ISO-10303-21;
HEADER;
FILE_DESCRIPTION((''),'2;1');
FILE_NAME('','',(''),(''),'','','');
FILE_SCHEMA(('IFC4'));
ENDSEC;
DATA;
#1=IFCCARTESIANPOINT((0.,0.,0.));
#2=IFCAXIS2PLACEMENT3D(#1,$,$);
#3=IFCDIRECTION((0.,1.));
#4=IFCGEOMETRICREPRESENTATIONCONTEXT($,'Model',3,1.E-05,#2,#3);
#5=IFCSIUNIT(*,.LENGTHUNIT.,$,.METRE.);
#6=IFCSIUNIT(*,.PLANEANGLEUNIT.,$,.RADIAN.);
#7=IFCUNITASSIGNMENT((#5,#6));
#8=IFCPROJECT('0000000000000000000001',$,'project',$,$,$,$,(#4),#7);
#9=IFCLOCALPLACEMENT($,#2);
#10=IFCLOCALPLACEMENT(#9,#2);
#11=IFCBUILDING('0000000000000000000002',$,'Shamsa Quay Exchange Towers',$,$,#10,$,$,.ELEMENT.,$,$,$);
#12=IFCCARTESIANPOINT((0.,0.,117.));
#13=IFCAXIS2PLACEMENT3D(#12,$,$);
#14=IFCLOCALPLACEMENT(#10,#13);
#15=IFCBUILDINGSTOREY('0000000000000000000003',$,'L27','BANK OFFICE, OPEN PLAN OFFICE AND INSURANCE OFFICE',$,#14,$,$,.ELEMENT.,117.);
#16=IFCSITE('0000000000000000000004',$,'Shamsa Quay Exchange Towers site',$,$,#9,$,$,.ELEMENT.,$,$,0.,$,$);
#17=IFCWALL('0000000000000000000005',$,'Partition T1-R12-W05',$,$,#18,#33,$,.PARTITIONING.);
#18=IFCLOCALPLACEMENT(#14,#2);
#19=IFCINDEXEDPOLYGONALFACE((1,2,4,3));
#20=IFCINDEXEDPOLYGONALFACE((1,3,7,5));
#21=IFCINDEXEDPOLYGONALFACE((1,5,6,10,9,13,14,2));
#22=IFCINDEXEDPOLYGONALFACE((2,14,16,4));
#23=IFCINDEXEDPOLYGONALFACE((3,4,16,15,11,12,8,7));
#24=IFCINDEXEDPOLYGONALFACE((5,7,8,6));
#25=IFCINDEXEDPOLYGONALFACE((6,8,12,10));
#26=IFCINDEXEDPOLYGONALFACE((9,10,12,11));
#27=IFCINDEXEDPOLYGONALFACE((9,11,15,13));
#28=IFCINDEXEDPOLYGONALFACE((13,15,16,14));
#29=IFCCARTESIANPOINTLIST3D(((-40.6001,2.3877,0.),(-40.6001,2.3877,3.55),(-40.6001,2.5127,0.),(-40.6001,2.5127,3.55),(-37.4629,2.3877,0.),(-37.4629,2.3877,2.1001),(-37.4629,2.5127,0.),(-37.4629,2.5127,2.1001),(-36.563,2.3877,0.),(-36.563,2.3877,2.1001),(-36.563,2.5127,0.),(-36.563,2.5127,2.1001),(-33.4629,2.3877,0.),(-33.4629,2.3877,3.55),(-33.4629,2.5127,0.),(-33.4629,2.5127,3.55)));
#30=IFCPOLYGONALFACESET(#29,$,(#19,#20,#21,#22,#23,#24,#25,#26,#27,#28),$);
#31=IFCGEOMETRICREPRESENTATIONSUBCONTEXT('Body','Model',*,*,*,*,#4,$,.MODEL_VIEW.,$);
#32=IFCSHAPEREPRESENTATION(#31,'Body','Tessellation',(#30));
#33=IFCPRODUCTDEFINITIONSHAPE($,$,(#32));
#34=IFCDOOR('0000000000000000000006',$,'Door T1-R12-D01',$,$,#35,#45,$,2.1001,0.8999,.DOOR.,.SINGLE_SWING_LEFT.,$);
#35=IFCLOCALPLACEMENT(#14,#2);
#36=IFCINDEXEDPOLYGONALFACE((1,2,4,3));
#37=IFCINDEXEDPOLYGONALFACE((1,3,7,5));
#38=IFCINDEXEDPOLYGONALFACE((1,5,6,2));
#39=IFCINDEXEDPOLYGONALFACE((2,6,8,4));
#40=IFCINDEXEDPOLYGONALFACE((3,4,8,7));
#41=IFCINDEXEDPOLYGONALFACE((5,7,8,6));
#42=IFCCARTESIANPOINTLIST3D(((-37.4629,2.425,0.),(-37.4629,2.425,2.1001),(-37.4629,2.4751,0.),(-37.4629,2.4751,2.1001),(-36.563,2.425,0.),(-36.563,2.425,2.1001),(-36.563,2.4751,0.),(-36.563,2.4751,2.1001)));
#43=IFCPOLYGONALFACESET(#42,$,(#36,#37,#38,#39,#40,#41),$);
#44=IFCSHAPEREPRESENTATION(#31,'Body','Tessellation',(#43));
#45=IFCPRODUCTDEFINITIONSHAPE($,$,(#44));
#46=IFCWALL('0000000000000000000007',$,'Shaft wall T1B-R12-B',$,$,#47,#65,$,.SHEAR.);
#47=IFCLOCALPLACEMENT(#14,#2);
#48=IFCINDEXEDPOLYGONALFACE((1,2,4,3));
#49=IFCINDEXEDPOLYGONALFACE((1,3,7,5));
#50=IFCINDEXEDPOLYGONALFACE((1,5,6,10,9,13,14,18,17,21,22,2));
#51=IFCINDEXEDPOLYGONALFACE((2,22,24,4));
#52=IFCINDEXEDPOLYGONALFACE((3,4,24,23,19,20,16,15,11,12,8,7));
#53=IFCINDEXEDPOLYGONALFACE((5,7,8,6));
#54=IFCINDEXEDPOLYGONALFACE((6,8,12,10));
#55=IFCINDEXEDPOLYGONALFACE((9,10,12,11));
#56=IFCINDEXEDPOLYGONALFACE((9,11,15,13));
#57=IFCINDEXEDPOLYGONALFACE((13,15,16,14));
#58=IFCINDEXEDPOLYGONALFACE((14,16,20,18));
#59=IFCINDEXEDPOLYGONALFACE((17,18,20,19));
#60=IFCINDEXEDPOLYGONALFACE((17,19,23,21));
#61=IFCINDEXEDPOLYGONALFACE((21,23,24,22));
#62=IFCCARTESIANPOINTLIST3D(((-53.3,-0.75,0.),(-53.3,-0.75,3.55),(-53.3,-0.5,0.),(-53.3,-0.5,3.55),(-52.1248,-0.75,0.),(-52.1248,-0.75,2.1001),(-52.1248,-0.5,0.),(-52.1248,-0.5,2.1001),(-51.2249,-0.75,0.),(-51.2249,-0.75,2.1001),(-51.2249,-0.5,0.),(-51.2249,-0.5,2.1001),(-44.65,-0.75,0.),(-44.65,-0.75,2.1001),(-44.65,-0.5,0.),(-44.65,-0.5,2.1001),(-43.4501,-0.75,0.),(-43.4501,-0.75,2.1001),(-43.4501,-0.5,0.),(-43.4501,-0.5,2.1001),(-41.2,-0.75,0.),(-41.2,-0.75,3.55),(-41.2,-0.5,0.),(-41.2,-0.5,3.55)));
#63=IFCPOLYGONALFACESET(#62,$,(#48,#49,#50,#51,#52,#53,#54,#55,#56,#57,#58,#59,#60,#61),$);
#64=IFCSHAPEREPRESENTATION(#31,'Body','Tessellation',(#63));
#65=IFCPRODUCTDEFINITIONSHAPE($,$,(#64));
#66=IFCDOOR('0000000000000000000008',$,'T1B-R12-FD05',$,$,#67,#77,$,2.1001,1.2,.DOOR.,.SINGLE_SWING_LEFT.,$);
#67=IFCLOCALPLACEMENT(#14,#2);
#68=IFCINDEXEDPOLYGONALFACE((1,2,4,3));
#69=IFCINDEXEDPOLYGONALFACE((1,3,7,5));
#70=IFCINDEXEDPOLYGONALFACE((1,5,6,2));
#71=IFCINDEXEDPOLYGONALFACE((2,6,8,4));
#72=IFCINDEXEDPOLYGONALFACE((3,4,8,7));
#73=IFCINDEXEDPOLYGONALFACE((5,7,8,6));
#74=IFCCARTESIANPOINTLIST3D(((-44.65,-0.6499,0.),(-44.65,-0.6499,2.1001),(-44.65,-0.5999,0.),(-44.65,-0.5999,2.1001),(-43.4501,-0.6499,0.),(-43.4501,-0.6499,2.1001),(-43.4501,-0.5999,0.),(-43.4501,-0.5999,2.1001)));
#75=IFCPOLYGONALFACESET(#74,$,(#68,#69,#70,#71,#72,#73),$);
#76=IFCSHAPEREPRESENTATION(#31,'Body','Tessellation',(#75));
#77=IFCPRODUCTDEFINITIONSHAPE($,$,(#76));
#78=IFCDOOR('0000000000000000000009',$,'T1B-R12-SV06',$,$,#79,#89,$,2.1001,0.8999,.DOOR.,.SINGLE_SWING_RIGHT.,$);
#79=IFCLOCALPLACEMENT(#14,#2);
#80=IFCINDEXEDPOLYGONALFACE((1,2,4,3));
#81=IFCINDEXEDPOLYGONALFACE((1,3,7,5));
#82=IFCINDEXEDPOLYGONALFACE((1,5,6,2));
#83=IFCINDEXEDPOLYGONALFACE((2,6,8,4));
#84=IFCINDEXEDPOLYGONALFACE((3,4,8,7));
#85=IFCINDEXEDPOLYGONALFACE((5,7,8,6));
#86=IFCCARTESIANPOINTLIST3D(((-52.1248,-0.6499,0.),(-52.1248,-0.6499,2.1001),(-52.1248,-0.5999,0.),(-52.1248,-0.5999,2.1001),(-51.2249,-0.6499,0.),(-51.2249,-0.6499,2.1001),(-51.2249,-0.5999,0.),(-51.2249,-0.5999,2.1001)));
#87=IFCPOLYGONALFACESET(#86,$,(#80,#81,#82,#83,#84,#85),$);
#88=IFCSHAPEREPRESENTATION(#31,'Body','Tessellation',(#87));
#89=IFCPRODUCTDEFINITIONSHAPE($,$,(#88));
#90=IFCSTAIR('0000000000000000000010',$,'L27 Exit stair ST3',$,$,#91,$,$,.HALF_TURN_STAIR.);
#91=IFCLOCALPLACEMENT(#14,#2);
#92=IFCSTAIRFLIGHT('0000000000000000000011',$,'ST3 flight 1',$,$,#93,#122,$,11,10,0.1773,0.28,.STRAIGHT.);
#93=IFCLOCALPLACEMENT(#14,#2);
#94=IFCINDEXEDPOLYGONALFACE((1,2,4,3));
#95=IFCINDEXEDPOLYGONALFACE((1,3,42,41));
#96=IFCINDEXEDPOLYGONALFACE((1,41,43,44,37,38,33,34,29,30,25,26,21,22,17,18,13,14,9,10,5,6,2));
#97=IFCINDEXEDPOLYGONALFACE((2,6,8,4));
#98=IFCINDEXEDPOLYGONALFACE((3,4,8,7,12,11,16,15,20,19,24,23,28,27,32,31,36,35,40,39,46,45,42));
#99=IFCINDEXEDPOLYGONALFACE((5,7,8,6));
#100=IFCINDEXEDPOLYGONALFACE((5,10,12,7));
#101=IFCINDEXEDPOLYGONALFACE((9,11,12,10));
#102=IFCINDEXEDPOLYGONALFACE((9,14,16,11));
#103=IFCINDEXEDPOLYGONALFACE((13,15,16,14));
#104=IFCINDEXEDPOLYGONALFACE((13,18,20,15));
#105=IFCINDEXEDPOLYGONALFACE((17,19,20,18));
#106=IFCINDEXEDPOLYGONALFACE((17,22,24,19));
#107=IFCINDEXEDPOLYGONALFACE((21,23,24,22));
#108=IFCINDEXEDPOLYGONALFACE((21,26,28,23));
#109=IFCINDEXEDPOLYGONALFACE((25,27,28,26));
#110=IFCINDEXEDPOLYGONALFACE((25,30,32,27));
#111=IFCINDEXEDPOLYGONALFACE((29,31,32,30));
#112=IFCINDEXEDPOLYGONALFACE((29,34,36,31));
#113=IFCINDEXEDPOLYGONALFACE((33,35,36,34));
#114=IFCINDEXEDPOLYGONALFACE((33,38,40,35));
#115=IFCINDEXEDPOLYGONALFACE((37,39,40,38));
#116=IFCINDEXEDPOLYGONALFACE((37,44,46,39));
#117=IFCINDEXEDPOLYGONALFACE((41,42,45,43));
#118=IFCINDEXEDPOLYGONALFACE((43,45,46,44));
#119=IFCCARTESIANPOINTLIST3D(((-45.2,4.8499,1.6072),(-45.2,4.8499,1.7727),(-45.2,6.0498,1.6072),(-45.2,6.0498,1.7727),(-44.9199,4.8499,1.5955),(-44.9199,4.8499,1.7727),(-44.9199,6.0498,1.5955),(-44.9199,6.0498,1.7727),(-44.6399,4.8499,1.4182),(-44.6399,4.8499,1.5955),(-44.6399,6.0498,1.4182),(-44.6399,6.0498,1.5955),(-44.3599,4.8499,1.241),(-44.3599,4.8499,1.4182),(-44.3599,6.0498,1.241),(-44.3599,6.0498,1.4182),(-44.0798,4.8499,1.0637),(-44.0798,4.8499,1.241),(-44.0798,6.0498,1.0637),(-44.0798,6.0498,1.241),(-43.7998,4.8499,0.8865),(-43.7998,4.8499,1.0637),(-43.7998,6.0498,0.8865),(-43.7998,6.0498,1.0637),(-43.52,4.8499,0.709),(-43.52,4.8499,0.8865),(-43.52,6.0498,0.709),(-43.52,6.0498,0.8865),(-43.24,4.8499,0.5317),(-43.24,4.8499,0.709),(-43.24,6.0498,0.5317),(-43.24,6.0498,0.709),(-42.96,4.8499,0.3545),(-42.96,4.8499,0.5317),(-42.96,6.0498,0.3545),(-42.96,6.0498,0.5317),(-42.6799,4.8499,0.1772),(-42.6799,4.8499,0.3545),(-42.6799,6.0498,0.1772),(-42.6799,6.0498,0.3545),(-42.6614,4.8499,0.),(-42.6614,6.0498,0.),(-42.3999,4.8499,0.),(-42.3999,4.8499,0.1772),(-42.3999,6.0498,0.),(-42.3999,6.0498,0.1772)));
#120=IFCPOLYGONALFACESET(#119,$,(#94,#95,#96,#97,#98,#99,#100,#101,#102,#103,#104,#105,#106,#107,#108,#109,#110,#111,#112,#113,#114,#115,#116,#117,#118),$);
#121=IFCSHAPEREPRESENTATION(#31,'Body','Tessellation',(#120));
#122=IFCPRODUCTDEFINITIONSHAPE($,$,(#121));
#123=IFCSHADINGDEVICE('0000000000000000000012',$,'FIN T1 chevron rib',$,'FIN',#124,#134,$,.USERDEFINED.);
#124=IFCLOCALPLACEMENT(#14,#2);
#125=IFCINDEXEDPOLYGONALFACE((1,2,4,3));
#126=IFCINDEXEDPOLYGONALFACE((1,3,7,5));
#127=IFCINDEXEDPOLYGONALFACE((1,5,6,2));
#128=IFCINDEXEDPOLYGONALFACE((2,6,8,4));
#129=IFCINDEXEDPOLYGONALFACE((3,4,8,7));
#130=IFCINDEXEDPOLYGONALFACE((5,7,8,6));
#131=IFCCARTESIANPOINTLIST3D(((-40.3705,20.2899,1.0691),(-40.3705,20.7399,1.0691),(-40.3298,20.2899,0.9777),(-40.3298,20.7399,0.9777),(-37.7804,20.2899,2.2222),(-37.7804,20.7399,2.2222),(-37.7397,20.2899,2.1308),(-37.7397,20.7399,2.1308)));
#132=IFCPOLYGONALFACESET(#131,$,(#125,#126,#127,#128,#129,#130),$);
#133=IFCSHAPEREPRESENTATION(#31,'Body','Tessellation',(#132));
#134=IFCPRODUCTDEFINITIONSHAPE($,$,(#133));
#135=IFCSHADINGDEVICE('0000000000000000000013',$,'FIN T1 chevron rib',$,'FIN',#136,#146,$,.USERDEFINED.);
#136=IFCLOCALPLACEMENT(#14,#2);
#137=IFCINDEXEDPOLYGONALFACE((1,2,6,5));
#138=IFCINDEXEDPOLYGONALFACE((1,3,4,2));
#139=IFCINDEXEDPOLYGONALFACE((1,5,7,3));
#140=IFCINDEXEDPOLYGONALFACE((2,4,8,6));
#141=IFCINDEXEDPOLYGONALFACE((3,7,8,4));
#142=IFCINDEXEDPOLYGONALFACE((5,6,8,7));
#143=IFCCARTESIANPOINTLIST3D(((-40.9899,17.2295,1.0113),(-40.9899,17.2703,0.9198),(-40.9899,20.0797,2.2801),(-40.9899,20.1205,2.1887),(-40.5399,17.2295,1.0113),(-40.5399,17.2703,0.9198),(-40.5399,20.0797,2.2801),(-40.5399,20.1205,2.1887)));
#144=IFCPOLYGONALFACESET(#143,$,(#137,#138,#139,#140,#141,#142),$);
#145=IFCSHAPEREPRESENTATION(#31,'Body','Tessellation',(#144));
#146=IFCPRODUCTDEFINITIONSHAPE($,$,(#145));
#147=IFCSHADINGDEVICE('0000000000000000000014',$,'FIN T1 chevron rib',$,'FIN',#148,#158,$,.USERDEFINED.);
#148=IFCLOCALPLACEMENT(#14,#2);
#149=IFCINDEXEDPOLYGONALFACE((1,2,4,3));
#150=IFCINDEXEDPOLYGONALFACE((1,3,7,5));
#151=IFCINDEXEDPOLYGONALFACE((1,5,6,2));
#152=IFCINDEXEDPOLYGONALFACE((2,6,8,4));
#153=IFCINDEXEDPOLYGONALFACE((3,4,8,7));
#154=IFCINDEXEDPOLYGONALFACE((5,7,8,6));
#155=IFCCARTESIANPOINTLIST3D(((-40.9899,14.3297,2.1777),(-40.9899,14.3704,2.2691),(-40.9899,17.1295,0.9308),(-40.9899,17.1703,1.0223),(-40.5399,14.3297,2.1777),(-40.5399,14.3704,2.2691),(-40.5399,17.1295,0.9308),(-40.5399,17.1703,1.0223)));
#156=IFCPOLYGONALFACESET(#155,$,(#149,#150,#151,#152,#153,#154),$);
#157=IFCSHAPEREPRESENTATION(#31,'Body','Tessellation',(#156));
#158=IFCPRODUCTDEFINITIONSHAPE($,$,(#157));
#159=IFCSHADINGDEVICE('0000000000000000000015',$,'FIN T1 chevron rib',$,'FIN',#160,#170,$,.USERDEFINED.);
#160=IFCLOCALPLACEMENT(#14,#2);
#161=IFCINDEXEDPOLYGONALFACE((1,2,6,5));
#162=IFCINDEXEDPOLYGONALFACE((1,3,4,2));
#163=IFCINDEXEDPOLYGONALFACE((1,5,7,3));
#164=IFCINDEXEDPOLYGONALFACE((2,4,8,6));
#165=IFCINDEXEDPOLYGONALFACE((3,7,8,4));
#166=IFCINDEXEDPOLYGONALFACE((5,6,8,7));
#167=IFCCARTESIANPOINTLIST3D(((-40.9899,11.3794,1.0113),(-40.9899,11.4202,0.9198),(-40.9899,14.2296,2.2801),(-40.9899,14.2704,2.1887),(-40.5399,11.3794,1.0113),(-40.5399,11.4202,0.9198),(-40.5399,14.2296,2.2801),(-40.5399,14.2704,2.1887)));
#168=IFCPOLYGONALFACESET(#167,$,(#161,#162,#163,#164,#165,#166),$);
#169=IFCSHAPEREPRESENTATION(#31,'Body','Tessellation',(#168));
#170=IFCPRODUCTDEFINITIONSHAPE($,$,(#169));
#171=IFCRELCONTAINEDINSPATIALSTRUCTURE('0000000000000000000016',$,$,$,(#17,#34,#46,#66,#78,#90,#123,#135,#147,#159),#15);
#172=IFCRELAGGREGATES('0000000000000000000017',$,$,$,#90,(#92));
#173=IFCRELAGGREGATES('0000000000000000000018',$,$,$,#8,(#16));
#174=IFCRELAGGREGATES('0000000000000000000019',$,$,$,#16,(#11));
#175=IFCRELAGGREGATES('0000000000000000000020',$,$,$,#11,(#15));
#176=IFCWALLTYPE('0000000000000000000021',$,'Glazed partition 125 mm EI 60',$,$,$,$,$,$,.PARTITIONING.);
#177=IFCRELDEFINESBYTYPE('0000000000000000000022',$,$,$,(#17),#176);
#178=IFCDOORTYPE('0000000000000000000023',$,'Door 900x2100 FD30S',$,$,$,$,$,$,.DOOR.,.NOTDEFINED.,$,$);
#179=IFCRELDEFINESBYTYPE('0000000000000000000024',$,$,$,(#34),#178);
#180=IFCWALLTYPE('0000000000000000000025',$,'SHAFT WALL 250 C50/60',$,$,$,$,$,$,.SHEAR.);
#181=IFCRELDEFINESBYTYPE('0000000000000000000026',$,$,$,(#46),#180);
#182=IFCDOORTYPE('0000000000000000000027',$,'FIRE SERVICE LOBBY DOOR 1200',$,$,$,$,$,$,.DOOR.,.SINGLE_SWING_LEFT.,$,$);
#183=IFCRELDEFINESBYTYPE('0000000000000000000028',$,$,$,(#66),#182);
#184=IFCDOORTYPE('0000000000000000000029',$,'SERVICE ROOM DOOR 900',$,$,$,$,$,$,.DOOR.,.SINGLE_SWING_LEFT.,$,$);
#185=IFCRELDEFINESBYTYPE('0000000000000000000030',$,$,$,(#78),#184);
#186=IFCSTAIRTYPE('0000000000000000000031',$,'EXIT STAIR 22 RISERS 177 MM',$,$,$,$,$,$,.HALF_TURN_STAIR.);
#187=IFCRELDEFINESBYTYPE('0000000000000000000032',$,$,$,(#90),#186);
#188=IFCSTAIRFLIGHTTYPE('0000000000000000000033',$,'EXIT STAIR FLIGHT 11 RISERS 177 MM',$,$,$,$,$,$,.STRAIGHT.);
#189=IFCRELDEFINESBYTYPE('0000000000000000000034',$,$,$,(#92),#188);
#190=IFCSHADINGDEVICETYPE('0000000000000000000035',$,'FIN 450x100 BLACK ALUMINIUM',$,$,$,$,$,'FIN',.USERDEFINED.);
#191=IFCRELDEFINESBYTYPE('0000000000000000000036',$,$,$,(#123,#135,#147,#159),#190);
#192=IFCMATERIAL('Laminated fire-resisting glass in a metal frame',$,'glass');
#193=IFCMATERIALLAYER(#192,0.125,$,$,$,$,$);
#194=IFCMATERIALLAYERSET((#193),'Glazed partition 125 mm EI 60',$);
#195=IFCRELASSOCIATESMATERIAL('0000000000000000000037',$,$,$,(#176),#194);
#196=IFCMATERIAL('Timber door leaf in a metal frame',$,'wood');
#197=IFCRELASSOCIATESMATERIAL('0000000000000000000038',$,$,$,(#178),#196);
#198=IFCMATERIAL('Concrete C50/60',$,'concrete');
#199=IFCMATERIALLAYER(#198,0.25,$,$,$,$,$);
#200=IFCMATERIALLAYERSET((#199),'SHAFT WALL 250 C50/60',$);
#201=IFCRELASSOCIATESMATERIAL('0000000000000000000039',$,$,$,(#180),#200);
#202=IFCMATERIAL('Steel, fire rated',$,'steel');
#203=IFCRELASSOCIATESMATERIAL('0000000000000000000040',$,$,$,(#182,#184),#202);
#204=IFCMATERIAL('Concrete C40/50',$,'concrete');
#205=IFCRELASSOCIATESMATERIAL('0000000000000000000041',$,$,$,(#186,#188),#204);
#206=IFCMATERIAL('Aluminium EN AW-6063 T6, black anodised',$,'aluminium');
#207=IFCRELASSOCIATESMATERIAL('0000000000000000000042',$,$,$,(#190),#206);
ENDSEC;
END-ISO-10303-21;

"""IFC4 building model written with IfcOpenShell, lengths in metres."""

from ifc_helpers import new_model, si_unit, direction, frame, frame_2d, origin, origin_2d, place, context, subcontext, project, spatial, polyline, rectangle, outline, extrude, material, layer, layer_set, material_profile, profile_set, type_object, element, fill, aggregate, save


model = new_model("IFC4")

# Units and contexts
model_context = context("Model", 3, precision=1e-05, world=origin(), true_north=direction((0.0, 1.0)))
body_context = subcontext(model_context, "Body", "Model", "MODEL_VIEW")
ifc_project = project(units=[si_unit("LENGTHUNIT", "METRE"), si_unit("PLANEANGLEUNIT", "RADIAN")], contexts=[model_context])

# Site, building, storey
site_placement = place(None, origin())
site = spatial("IfcSite", under=ifc_project, at=site_placement, Name="Shamsa Quay Exchange Towers site", CompositionType="ELEMENT", RefElevation=0.0)
building_placement = place(site_placement, origin())
building = spatial("IfcBuilding", under=site, at=building_placement, Name="Shamsa Quay Exchange Towers", CompositionType="ELEMENT")
storey_placement = place(building_placement, frame((0.0, 0.0, 117.0)))
storey = spatial("IfcBuildingStorey", under=building, at=storey_placement, Name="L27", Description="BANK OFFICE, OPEN PLAN OFFICE AND INSURANCE OFFICE", CompositionType="ELEMENT", Elevation=117.0)

# Shared definitions
ifc_material_1 = material(Name="Aluminium EN AW-6063 T6, black anodised", Category="aluminium")

# Wall, opening, door
ifc_material_2 = material(Name="Laminated fire-resisting glass in a metal frame", Category="glass")
ifc_layer_1 = layer(ifc_material_2, 0.125)
ifc_layer_set_1 = layer_set([ifc_layer_1], Name="Glazed partition 125 mm EI 60")
wall_type_1 = type_object("IfcWallType", Name="Glazed partition 125 mm EI 60", PredefinedType="PARTITIONING", material=ifc_layer_set_1)
wall_1_placement = place(storey_placement, frame((-40.6001, 2.4502, 0.0)))
wall_1 = element("IfcWall", 1, at=wall_1_placement, inside=storey, type_object=wall_type_1, Name="Partition T1-R12-W05", PredefinedType="PARTITIONING", context=body_context, shape_type="SweptSolid", body=[
    extrude(rectangle(XDim=7.1372, YDim=0.125, at=frame_2d((3.5686, 0.0))), origin(), (0.0, 0.0, 1.0), 3.55),
])
opening_1_placement = place(wall_1_placement, frame((3.1372, 0.0, 0.0)))
opening_1 = element("IfcOpeningElement", 2, at=opening_1_placement, cuts=wall_1, PredefinedType="OPENING", context=body_context, shape_type="SweptSolid", body=[
    extrude(rectangle(XDim=0.8999, YDim=2.1001, at=frame_2d((0.45, 1.05))), frame((0.0, 0.0725, 0.0), z_axis=(0.0, -1.0, 0.0), x_axis=(1.0, 0.0, 0.0)), (0.0, 0.0, 1.0), 0.145),
])
ifc_material_3 = material(Name="Timber door leaf in a metal frame", Category="wood")
door_type_1 = type_object("IfcDoorType", Name="Door 900x2100 FD30S", OperationType="NOTDEFINED", PredefinedType="DOOR", material=ifc_material_3)
door_1_placement = place(opening_1_placement, origin())
door_1 = element("IfcDoor", 3, at=door_1_placement, inside=storey, type_object=door_type_1, Name="Door T1-R12-D01", OperationType="SINGLE_SWING_LEFT", OverallHeight=2.1001, OverallWidth=0.8999, PredefinedType="DOOR", context=body_context, shape_type="SweptSolid", body=[
    extrude(rectangle(XDim=0.8999, YDim=2.1001, at=frame_2d((0.45, 1.05))), frame((0.0, 0.0249, 0.0), z_axis=(0.0, -1.0, 0.0), x_axis=(1.0, 0.0, 0.0)), (0.0, 0.0, 1.0), 0.05),
])
fill(opening_1, door_1)

# Wall, openings, doors
ifc_material_4 = material(Name="Concrete C50/60", Category="concrete")
ifc_layer_2 = layer(ifc_material_4, 0.25)
ifc_layer_set_2 = layer_set([ifc_layer_2], Name="SHAFT WALL 250 C50/60")
wall_type_2 = type_object("IfcWallType", Name="SHAFT WALL 250 C50/60", PredefinedType="SHEAR", material=ifc_layer_set_2)
wall_2_placement = place(storey_placement, frame((-41.2, -0.625, 0.0), z_axis=(0.0, 0.0, 1.0), x_axis=(-1.0, 0.0, 0.0)))
wall_2 = element("IfcWall", 4, at=wall_2_placement, inside=storey, type_object=wall_type_2, Name="Shaft wall T1B-R12-B", PredefinedType="SHEAR", context=body_context, shape_type="SweptSolid", body=[
    extrude(rectangle(XDim=12.1001, YDim=0.25, at=frame_2d((6.05, 0.0))), origin(), (0.0, 0.0, 1.0), 3.55),
])
opening_2_placement = place(wall_2_placement, frame((2.25, 0.0, 0.0)))
opening_2 = element("IfcOpeningElement", 5, at=opening_2_placement, cuts=wall_2, PredefinedType="OPENING", context=body_context, shape_type="SweptSolid", body=[
    extrude(rectangle(XDim=1.2, YDim=2.1001, at=frame_2d((0.6001, 1.05))), frame((0.0, 0.135, 0.0), z_axis=(0.0, -1.0, 0.0), x_axis=(1.0, 0.0, 0.0)), (0.0, 0.0, 1.0), 0.27),
])
opening_3_placement = place(wall_2_placement, frame((10.0249, 0.0, 0.0)))
opening_3 = element("IfcOpeningElement", 6, at=opening_3_placement, cuts=wall_2, PredefinedType="OPENING", context=body_context, shape_type="SweptSolid", body=[
    extrude(rectangle(XDim=0.8999, YDim=2.1001, at=frame_2d((0.45, 1.05))), frame((0.0, 0.135, 0.0), z_axis=(0.0, -1.0, 0.0), x_axis=(1.0, 0.0, 0.0)), (0.0, 0.0, 1.0), 0.27),
])
ifc_material_5 = material(Name="Steel, fire rated", Category="steel")
door_type_2 = type_object("IfcDoorType", Name="FIRE SERVICE LOBBY DOOR 1200", OperationType="SINGLE_SWING_LEFT", PredefinedType="DOOR", material=ifc_material_5)
door_2_placement = place(opening_2_placement, origin())
door_2 = element("IfcDoor", 7, at=door_2_placement, inside=storey, type_object=door_type_2, Name="T1B-R12-FD05", OperationType="SINGLE_SWING_LEFT", OverallHeight=2.1001, OverallWidth=1.2, PredefinedType="DOOR", context=body_context, shape_type="SweptSolid", body=[
    extrude(rectangle(XDim=1.2, YDim=2.1001, at=frame_2d((0.6001, 1.05))), frame((0.0, 0.0249, 0.0), z_axis=(0.0, -1.0, 0.0), x_axis=(1.0, 0.0, 0.0)), (0.0, 0.0, 1.0), 0.05),
])
fill(opening_2, door_2)
door_type_3 = type_object("IfcDoorType", Name="SERVICE ROOM DOOR 900", OperationType="SINGLE_SWING_LEFT", PredefinedType="DOOR", material=ifc_material_5)
door_3_placement = place(opening_3_placement, origin())
door_3 = element("IfcDoor", 8, at=door_3_placement, inside=storey, type_object=door_type_3, Name="T1B-R12-SV06", OperationType="SINGLE_SWING_RIGHT", OverallHeight=2.1001, OverallWidth=0.8999, PredefinedType="DOOR", context=body_context, shape_type="SweptSolid", body=[
    extrude(rectangle(XDim=0.8999, YDim=2.1001, at=frame_2d((0.45, 1.05))), frame((0.0, 0.0249, 0.0), z_axis=(0.0, -1.0, 0.0), x_axis=(1.0, 0.0, 0.0)), (0.0, 0.0, 1.0), 0.05),
])
fill(opening_3, door_3)

# Stair, stair flight
ifc_material_6 = material(Name="Concrete C40/50", Category="concrete")
stair_type = type_object("IfcStairType", Name="EXIT STAIR 22 RISERS 177 MM", PredefinedType="HALF_TURN_STAIR", material=ifc_material_6)
stair_placement = place(storey_placement, origin())
stair = element("IfcStair", 9, at=stair_placement, inside=storey, type_object=stair_type, Name="L27 Exit stair ST3", PredefinedType="HALF_TURN_STAIR")
stair_flight_type = type_object("IfcStairFlightType", Name="EXIT STAIR FLIGHT 11 RISERS 177 MM", PredefinedType="STRAIGHT", material=ifc_material_6)
stair_flight_placement = place(storey_placement, frame((-42.3999, 5.45, 0.0), z_axis=(0.0, 0.0, 1.0), x_axis=(-1.0, 0.0, 0.0)))
stair_flight = element("IfcStairFlight", 10, at=stair_flight_placement, type_object=stair_flight_type, Name="ST3 flight 1", NumberOfRisers=11, NumberOfTreads=10, PredefinedType="STRAIGHT", RiserHeight=0.1773, TreadLength=0.28, context=body_context, shape_type="SweptSolid", body=[
    extrude(outline(polyline([(0.0, 0.0), (0.0, 0.1772), (0.28, 0.1772), (0.28, 0.3545), (0.5601, 0.3545), (0.5601, 0.5317), (0.8401, 0.5317), (0.8401, 0.709), (1.1201, 0.709), (1.1201, 0.8865), (1.3999, 0.8865), (1.3999, 1.0637), (1.6799, 1.0637), (1.6799, 1.241), (1.96, 1.241), (1.96, 1.4182), (2.24, 1.4182), (2.24, 1.5955), (2.52, 1.5955), (2.52, 1.7727), (2.8, 1.7727), (2.8, 1.95), (2.8, 1.6072), (0.2615, 0.0), (0.0, 0.0)])), frame((0.0, 0.6001, 0.0), z_axis=(0.0, -1.0, 0.0), x_axis=(1.0, 0.0, 0.0)), (0.0, 0.0, 1.0), 1.2),
])
aggregate(stair, [stair_flight])

# Shading devices
ifc_material_profile_1 = material_profile(ifc_material_1, rectangle(XDim=0.45, YDim=0.1001, at=origin_2d()), Name="FIN450x100")
ifc_profile_set_1 = profile_set([ifc_material_profile_1], Name="Aluminium EN AW-6063 T6, black anodised")
shading_device_type = type_object("IfcShadingDeviceType", Name="FIN 450x100 BLACK ALUMINIUM", ElementType="FIN", PredefinedType="USERDEFINED", material=ifc_profile_set_1)
shading_device_1_placement = place(storey_placement, frame((-37.76, 20.5149, 2.1765), z_axis=(-0.913559, 0.0, -0.406706), x_axis=(0.0, -1.0, 0.0)))
element("IfcShadingDevice", 11, at=shading_device_1_placement, inside=storey, type_object=shading_device_type, Name="FIN T1 chevron rib", ObjectType="FIN", PredefinedType="USERDEFINED", context=body_context, shape_type="SweptSolid", body=[
    extrude(rectangle(XDim=0.45, YDim=0.1001, at=origin_2d()), origin(), (0.0, 0.0, 1.0), 2.8352),
])
shading_device_2_placement = place(storey_placement, frame((-40.7649, 20.1001, 2.2344), z_axis=(0.0, -0.913563, -0.406697), x_axis=(1.0, 0.0, 0.0)))
element("IfcShadingDevice", 12, at=shading_device_2_placement, inside=storey, type_object=shading_device_type, Name="FIN T1 chevron rib", ObjectType="FIN", PredefinedType="USERDEFINED", context=body_context, shape_type="SweptSolid", body=[
    extrude(rectangle(XDim=0.45, YDim=0.1001, at=origin_2d()), origin(), (0.0, 0.0, 1.0), 3.1199),
])
shading_device_3_placement = place(storey_placement, frame((-40.7649, 17.1499, 0.9766), z_axis=(0.0, -0.913512, 0.406811), x_axis=(1.0, 0.0, 0.0)))
element("IfcShadingDevice", 13, at=shading_device_3_placement, inside=storey, type_object=shading_device_type, Name="FIN T1 chevron rib", ObjectType="FIN", PredefinedType="USERDEFINED", context=body_context, shape_type="SweptSolid", body=[
    extrude(rectangle(XDim=0.45, YDim=0.1001, at=origin_2d()), origin(), (0.0, 0.0, 1.0), 3.0649),
])
shading_device_4_placement = place(storey_placement, frame((-40.7649, 14.25, 2.2344), z_axis=(0.0, -0.913563, -0.406697), x_axis=(1.0, 0.0, 0.0)))
element("IfcShadingDevice", 14, at=shading_device_4_placement, inside=storey, type_object=shading_device_type, Name="FIN T1 chevron rib", ObjectType="FIN", PredefinedType="USERDEFINED", context=body_context, shape_type="SweptSolid", body=[
    extrude(rectangle(XDim=0.45, YDim=0.1001, at=origin_2d()), origin(), (0.0, 0.0, 1.0), 3.1199),
])

save(model, "model.ifc")
